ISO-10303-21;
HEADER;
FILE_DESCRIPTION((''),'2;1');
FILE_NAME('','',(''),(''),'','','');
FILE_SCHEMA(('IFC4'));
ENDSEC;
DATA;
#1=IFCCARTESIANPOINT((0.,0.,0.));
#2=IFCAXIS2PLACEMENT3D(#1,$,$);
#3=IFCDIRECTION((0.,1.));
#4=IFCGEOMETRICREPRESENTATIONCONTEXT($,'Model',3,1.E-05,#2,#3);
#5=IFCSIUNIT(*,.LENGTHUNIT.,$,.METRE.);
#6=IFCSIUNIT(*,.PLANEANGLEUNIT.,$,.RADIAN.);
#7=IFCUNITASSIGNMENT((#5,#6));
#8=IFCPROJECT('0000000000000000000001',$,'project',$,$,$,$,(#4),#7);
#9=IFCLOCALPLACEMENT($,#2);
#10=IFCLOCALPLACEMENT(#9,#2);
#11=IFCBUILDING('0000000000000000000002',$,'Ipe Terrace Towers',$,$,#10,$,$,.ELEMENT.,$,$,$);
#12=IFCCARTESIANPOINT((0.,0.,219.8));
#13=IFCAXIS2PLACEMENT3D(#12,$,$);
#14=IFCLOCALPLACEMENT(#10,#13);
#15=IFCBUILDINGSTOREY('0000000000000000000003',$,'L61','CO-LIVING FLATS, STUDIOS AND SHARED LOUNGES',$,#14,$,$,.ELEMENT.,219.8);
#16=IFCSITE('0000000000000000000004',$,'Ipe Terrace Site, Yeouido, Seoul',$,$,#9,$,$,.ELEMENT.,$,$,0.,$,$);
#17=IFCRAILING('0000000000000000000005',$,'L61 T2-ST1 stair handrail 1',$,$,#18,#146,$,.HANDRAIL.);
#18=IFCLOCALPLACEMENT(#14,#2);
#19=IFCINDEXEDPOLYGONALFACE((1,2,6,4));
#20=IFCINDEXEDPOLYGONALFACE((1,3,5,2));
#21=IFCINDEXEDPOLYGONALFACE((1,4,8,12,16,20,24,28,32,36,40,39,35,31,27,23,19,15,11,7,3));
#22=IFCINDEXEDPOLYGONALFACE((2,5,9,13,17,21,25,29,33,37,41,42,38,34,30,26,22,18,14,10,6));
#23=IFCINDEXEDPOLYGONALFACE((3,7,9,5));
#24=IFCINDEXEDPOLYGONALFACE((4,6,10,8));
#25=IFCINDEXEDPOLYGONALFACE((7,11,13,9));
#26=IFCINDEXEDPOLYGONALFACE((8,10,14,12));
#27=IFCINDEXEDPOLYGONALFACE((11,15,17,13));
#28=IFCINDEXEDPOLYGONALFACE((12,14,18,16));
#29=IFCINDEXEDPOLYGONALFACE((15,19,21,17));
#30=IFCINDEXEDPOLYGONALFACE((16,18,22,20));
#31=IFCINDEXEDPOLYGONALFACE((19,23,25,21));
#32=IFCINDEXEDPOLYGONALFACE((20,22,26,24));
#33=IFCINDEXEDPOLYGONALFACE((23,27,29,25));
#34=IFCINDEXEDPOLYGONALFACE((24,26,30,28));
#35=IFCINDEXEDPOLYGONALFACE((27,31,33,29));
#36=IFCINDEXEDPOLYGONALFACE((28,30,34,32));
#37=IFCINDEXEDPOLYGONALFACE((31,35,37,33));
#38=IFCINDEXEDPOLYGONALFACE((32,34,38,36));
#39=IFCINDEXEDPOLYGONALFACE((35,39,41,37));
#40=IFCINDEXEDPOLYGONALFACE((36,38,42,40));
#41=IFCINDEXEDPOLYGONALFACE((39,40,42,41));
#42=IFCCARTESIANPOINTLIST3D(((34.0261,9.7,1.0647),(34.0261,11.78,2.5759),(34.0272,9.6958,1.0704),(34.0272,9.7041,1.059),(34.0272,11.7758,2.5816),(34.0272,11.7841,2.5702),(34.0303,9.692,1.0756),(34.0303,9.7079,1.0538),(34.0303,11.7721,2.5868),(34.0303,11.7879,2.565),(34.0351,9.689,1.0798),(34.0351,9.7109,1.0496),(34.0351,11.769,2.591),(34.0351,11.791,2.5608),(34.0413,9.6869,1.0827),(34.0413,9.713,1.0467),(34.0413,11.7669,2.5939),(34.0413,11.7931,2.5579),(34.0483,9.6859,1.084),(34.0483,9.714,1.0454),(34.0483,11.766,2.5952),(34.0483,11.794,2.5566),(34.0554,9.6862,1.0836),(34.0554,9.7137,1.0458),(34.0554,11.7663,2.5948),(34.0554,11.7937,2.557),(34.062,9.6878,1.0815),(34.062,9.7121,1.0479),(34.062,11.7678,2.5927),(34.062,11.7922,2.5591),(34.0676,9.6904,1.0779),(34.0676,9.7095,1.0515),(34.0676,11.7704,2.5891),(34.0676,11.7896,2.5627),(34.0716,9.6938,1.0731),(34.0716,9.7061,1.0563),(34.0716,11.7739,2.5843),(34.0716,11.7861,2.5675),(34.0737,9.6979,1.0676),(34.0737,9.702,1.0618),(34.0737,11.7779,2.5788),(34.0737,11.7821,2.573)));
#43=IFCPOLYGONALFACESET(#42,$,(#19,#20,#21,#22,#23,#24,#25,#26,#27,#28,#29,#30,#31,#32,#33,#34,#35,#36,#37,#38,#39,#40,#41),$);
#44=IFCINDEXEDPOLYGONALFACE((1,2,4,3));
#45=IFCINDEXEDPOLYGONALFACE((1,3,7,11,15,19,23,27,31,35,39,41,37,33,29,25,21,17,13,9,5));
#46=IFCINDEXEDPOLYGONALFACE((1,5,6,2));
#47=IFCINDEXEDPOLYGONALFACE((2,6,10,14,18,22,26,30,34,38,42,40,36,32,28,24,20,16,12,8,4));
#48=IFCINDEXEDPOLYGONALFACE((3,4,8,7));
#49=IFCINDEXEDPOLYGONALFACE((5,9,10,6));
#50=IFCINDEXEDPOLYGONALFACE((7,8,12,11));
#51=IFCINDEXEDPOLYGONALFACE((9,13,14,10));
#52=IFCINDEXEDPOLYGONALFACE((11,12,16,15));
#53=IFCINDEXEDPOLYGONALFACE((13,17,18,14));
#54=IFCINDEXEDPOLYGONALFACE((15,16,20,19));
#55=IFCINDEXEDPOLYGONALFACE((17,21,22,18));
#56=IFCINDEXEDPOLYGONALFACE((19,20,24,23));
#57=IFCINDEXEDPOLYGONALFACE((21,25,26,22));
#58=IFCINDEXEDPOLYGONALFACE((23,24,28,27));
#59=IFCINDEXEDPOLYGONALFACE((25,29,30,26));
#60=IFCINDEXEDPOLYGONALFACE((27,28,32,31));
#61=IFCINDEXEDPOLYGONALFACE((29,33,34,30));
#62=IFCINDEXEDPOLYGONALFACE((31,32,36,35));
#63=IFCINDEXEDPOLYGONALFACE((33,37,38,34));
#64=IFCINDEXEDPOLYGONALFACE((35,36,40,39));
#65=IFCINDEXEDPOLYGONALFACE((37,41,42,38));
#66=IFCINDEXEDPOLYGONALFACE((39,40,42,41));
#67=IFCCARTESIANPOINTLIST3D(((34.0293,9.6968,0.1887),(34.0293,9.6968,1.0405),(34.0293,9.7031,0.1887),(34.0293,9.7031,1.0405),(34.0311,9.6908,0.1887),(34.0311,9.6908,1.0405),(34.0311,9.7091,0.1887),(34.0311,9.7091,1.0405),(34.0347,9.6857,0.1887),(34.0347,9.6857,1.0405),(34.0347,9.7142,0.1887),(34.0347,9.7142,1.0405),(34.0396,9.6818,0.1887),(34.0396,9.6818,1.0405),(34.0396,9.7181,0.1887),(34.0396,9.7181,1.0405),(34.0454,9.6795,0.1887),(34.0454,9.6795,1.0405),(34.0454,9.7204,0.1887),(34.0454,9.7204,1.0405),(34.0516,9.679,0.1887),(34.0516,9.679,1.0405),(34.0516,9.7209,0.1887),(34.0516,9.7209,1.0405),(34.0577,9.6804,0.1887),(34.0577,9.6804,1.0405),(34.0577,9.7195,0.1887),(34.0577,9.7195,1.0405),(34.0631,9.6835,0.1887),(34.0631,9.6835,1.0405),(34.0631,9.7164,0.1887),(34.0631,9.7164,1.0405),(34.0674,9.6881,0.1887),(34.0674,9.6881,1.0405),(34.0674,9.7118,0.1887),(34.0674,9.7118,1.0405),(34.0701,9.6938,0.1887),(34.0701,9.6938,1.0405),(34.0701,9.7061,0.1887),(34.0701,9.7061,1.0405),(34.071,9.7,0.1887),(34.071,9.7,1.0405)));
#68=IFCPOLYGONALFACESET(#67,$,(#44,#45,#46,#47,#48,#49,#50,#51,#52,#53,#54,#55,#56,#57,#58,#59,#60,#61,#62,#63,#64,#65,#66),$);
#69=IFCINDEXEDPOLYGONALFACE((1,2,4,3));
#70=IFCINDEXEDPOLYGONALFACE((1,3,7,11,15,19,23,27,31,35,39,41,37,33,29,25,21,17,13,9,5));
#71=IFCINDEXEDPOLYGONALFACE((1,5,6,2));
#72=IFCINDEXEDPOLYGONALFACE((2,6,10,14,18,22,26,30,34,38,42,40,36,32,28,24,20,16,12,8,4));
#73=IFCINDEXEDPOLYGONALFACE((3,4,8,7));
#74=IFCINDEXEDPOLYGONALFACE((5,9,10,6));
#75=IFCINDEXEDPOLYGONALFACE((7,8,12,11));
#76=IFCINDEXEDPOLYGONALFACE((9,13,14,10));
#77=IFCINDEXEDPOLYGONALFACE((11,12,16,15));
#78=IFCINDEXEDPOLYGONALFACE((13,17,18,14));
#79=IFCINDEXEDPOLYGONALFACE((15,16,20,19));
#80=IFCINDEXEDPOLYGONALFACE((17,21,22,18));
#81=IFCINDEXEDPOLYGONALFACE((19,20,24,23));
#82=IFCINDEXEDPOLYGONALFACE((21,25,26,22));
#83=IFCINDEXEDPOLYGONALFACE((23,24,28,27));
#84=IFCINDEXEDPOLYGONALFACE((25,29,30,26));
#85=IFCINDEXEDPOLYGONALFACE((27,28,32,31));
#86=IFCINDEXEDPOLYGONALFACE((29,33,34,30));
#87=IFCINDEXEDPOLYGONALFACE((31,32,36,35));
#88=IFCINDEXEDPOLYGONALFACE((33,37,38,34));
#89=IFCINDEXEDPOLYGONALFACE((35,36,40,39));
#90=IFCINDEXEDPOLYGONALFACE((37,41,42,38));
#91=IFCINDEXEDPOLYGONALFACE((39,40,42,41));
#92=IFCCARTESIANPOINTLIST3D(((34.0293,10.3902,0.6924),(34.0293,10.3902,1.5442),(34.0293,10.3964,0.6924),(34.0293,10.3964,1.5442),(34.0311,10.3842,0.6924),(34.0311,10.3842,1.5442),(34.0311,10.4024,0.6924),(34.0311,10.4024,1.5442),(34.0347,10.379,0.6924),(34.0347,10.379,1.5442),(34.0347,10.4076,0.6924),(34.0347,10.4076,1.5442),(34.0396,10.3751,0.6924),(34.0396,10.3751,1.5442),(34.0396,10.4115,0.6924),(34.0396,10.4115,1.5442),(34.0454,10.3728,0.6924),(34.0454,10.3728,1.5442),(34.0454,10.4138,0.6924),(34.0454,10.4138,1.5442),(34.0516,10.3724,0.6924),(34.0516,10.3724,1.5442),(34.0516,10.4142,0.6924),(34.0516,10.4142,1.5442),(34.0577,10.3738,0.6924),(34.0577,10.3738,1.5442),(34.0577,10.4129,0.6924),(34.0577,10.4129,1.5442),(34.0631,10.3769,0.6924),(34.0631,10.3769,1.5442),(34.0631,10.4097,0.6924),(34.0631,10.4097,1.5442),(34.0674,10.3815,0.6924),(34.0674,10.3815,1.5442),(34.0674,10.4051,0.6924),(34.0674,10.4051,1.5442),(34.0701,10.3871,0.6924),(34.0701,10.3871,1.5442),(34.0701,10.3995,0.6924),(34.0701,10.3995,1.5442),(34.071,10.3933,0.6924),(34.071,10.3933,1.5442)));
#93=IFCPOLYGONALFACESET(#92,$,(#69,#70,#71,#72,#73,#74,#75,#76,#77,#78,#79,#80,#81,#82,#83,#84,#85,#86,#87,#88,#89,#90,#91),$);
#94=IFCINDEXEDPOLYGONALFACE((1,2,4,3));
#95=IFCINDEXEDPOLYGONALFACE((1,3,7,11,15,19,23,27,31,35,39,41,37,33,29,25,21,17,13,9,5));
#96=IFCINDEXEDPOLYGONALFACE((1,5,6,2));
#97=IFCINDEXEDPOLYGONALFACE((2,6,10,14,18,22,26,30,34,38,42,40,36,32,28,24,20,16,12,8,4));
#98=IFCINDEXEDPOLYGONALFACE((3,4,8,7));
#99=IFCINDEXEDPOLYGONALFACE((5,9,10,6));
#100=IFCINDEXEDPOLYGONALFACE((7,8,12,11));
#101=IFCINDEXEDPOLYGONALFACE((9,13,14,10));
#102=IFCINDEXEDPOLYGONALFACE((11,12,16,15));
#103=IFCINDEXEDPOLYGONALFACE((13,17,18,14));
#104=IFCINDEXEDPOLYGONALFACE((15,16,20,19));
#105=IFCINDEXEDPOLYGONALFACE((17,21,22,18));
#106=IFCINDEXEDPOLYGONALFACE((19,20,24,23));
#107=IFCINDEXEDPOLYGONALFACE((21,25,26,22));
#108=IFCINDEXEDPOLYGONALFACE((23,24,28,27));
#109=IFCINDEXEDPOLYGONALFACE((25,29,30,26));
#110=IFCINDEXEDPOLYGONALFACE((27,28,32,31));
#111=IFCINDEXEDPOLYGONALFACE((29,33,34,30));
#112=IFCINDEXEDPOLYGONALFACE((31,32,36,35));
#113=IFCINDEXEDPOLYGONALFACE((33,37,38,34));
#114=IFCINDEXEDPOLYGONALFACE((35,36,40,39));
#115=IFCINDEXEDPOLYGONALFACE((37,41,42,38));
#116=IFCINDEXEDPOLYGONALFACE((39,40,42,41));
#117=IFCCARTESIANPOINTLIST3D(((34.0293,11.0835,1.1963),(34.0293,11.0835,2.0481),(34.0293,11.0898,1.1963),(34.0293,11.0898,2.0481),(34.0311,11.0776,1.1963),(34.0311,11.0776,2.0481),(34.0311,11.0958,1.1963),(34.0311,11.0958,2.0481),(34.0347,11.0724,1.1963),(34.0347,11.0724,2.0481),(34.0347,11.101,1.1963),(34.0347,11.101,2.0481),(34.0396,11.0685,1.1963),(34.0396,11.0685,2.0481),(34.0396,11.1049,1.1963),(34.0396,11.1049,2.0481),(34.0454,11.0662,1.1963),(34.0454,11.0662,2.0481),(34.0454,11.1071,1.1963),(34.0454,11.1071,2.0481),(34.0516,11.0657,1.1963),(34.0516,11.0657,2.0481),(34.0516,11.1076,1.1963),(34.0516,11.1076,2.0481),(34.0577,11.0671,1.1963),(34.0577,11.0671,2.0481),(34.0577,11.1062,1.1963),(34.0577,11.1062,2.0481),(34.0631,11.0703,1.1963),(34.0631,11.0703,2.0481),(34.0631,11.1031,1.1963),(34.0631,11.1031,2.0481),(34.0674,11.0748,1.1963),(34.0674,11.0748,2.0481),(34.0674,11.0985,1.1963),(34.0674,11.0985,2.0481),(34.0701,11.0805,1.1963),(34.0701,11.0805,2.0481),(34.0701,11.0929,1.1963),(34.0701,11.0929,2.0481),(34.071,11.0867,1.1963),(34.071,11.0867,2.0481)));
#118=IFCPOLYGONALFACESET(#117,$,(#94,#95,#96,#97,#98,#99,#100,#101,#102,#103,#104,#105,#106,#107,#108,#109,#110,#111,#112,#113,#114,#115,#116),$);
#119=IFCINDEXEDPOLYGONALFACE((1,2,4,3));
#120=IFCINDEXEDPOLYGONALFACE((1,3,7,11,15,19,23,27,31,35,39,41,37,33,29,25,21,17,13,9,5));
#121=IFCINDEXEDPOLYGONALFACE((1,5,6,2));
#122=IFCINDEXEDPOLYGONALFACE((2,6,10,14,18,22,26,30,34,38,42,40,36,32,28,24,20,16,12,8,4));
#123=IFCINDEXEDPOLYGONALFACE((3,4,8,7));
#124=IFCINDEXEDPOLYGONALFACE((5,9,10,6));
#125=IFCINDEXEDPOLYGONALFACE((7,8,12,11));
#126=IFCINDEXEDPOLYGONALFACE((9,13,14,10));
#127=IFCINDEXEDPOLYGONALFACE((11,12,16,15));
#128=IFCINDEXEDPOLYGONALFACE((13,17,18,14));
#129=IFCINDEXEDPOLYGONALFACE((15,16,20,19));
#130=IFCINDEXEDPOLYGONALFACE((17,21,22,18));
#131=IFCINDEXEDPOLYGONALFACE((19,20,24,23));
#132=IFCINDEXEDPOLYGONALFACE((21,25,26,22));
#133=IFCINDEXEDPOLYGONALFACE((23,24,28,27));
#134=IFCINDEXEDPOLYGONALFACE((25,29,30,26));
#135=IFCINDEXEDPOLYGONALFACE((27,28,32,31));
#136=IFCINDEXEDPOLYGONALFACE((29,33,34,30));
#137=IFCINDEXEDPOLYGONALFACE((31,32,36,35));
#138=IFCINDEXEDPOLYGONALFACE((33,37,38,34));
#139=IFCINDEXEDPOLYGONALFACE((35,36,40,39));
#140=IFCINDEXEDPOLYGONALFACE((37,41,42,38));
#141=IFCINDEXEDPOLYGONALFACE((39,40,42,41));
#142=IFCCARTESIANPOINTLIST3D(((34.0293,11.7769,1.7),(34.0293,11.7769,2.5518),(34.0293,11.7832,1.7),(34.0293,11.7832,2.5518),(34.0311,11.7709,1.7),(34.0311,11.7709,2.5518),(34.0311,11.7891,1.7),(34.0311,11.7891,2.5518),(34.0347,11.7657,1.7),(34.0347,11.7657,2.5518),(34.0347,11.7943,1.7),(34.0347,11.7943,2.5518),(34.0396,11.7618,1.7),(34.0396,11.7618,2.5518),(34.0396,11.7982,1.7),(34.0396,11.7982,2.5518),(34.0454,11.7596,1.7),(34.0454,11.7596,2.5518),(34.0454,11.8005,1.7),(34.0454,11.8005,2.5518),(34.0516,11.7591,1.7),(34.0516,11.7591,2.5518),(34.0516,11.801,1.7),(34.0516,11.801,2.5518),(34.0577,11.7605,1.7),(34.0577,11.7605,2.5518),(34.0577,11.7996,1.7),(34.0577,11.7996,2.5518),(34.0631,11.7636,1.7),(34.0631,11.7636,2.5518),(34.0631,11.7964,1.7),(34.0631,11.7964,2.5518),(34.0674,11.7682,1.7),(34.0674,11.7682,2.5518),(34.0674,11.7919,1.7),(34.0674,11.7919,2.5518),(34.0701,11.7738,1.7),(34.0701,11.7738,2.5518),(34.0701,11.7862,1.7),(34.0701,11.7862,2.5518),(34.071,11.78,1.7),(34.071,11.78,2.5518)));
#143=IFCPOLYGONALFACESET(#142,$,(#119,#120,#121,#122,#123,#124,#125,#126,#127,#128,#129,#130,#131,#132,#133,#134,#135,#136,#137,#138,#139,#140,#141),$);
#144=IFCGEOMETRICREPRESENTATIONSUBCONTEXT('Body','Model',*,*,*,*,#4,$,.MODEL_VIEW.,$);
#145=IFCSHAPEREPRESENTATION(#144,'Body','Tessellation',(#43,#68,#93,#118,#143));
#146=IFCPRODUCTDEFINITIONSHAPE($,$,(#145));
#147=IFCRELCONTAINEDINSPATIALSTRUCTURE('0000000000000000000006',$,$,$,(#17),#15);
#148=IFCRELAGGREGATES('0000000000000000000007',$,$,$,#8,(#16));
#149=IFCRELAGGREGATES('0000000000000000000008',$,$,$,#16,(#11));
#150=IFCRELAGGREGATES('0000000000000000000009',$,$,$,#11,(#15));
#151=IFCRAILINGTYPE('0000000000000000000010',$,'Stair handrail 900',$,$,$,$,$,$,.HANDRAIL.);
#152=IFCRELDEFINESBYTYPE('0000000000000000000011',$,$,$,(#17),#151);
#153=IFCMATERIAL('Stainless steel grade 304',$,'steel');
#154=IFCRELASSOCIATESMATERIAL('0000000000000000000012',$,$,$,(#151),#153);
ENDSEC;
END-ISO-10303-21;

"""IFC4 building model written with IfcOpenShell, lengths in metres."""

from ifc_helpers import new_model, si_unit, direction, frame, origin, origin_2d, place, context, subcontext, project, spatial, circle, extrude, material, type_object, element, save


model = new_model("IFC4")

# Units and contexts
model_context = context("Model", 3, precision=1e-05, world=origin(), true_north=direction((0.0, 1.0)))
body_context = subcontext(model_context, "Body", "Model", "MODEL_VIEW")
ifc_project = project(units=[si_unit("LENGTHUNIT", "METRE"), si_unit("PLANEANGLEUNIT", "RADIAN")], contexts=[model_context])

# Site, building, storey
site_placement = place(None, origin())
site = spatial("IfcSite", under=ifc_project, at=site_placement, Name="Ipe Terrace Site, Yeouido, Seoul", CompositionType="ELEMENT", RefElevation=0.0)
building_placement = place(site_placement, origin())
building = spatial("IfcBuilding", under=site, at=building_placement, Name="Ipe Terrace Towers", CompositionType="ELEMENT")
storey_placement = place(building_placement, frame((0.0, 0.0, 219.8)))
storey = spatial("IfcBuildingStorey", under=building, at=storey_placement, Name="L61", Description="CO-LIVING FLATS, STUDIOS AND SHARED LOUNGES", CompositionType="ELEMENT", Elevation=219.8)

# Railing
ifc_material_1 = material(Name="Stainless steel grade 304", Category="steel")
railing_type_1 = type_object("IfcRailingType", Name="Stair handrail 900", PredefinedType="HANDRAIL", material=ifc_material_1)
railing_1_placement = place(storey_placement, frame((34.05, 9.7, 0.1887)))
element("IfcRailing", 1, at=railing_1_placement, inside=storey, type_object=railing_type_1, Name="L61 T2-ST1 stair handrail 1", PredefinedType="HANDRAIL", context=body_context, shape_type="SweptSolid", body=[
    extrude(circle(Radius=0.0239, at=origin_2d()), frame((0.0, 0.0, 0.876), z_axis=(0.0, 0.809023, 0.587776), x_axis=(-1.0, 0.0, 0.0)), (0.0, 0.0, 1.0), 2.571),
    extrude(circle(Radius=0.021, at=origin_2d()), origin(), (0.0, 0.0, 1.0), 0.8518),
    extrude(circle(Radius=0.021, at=origin_2d()), frame((0.0, 0.6934, 0.5037)), (0.0, 0.0, 1.0), 0.8518),
    extrude(circle(Radius=0.021, at=origin_2d()), frame((0.0, 1.3867, 1.0076)), (0.0, 0.0, 1.0), 0.8518),
    extrude(circle(Radius=0.021, at=origin_2d()), frame((0.0, 2.0801, 1.5112)), (0.0, 0.0, 1.0), 0.8518),
])

save(model, "model.ifc")
